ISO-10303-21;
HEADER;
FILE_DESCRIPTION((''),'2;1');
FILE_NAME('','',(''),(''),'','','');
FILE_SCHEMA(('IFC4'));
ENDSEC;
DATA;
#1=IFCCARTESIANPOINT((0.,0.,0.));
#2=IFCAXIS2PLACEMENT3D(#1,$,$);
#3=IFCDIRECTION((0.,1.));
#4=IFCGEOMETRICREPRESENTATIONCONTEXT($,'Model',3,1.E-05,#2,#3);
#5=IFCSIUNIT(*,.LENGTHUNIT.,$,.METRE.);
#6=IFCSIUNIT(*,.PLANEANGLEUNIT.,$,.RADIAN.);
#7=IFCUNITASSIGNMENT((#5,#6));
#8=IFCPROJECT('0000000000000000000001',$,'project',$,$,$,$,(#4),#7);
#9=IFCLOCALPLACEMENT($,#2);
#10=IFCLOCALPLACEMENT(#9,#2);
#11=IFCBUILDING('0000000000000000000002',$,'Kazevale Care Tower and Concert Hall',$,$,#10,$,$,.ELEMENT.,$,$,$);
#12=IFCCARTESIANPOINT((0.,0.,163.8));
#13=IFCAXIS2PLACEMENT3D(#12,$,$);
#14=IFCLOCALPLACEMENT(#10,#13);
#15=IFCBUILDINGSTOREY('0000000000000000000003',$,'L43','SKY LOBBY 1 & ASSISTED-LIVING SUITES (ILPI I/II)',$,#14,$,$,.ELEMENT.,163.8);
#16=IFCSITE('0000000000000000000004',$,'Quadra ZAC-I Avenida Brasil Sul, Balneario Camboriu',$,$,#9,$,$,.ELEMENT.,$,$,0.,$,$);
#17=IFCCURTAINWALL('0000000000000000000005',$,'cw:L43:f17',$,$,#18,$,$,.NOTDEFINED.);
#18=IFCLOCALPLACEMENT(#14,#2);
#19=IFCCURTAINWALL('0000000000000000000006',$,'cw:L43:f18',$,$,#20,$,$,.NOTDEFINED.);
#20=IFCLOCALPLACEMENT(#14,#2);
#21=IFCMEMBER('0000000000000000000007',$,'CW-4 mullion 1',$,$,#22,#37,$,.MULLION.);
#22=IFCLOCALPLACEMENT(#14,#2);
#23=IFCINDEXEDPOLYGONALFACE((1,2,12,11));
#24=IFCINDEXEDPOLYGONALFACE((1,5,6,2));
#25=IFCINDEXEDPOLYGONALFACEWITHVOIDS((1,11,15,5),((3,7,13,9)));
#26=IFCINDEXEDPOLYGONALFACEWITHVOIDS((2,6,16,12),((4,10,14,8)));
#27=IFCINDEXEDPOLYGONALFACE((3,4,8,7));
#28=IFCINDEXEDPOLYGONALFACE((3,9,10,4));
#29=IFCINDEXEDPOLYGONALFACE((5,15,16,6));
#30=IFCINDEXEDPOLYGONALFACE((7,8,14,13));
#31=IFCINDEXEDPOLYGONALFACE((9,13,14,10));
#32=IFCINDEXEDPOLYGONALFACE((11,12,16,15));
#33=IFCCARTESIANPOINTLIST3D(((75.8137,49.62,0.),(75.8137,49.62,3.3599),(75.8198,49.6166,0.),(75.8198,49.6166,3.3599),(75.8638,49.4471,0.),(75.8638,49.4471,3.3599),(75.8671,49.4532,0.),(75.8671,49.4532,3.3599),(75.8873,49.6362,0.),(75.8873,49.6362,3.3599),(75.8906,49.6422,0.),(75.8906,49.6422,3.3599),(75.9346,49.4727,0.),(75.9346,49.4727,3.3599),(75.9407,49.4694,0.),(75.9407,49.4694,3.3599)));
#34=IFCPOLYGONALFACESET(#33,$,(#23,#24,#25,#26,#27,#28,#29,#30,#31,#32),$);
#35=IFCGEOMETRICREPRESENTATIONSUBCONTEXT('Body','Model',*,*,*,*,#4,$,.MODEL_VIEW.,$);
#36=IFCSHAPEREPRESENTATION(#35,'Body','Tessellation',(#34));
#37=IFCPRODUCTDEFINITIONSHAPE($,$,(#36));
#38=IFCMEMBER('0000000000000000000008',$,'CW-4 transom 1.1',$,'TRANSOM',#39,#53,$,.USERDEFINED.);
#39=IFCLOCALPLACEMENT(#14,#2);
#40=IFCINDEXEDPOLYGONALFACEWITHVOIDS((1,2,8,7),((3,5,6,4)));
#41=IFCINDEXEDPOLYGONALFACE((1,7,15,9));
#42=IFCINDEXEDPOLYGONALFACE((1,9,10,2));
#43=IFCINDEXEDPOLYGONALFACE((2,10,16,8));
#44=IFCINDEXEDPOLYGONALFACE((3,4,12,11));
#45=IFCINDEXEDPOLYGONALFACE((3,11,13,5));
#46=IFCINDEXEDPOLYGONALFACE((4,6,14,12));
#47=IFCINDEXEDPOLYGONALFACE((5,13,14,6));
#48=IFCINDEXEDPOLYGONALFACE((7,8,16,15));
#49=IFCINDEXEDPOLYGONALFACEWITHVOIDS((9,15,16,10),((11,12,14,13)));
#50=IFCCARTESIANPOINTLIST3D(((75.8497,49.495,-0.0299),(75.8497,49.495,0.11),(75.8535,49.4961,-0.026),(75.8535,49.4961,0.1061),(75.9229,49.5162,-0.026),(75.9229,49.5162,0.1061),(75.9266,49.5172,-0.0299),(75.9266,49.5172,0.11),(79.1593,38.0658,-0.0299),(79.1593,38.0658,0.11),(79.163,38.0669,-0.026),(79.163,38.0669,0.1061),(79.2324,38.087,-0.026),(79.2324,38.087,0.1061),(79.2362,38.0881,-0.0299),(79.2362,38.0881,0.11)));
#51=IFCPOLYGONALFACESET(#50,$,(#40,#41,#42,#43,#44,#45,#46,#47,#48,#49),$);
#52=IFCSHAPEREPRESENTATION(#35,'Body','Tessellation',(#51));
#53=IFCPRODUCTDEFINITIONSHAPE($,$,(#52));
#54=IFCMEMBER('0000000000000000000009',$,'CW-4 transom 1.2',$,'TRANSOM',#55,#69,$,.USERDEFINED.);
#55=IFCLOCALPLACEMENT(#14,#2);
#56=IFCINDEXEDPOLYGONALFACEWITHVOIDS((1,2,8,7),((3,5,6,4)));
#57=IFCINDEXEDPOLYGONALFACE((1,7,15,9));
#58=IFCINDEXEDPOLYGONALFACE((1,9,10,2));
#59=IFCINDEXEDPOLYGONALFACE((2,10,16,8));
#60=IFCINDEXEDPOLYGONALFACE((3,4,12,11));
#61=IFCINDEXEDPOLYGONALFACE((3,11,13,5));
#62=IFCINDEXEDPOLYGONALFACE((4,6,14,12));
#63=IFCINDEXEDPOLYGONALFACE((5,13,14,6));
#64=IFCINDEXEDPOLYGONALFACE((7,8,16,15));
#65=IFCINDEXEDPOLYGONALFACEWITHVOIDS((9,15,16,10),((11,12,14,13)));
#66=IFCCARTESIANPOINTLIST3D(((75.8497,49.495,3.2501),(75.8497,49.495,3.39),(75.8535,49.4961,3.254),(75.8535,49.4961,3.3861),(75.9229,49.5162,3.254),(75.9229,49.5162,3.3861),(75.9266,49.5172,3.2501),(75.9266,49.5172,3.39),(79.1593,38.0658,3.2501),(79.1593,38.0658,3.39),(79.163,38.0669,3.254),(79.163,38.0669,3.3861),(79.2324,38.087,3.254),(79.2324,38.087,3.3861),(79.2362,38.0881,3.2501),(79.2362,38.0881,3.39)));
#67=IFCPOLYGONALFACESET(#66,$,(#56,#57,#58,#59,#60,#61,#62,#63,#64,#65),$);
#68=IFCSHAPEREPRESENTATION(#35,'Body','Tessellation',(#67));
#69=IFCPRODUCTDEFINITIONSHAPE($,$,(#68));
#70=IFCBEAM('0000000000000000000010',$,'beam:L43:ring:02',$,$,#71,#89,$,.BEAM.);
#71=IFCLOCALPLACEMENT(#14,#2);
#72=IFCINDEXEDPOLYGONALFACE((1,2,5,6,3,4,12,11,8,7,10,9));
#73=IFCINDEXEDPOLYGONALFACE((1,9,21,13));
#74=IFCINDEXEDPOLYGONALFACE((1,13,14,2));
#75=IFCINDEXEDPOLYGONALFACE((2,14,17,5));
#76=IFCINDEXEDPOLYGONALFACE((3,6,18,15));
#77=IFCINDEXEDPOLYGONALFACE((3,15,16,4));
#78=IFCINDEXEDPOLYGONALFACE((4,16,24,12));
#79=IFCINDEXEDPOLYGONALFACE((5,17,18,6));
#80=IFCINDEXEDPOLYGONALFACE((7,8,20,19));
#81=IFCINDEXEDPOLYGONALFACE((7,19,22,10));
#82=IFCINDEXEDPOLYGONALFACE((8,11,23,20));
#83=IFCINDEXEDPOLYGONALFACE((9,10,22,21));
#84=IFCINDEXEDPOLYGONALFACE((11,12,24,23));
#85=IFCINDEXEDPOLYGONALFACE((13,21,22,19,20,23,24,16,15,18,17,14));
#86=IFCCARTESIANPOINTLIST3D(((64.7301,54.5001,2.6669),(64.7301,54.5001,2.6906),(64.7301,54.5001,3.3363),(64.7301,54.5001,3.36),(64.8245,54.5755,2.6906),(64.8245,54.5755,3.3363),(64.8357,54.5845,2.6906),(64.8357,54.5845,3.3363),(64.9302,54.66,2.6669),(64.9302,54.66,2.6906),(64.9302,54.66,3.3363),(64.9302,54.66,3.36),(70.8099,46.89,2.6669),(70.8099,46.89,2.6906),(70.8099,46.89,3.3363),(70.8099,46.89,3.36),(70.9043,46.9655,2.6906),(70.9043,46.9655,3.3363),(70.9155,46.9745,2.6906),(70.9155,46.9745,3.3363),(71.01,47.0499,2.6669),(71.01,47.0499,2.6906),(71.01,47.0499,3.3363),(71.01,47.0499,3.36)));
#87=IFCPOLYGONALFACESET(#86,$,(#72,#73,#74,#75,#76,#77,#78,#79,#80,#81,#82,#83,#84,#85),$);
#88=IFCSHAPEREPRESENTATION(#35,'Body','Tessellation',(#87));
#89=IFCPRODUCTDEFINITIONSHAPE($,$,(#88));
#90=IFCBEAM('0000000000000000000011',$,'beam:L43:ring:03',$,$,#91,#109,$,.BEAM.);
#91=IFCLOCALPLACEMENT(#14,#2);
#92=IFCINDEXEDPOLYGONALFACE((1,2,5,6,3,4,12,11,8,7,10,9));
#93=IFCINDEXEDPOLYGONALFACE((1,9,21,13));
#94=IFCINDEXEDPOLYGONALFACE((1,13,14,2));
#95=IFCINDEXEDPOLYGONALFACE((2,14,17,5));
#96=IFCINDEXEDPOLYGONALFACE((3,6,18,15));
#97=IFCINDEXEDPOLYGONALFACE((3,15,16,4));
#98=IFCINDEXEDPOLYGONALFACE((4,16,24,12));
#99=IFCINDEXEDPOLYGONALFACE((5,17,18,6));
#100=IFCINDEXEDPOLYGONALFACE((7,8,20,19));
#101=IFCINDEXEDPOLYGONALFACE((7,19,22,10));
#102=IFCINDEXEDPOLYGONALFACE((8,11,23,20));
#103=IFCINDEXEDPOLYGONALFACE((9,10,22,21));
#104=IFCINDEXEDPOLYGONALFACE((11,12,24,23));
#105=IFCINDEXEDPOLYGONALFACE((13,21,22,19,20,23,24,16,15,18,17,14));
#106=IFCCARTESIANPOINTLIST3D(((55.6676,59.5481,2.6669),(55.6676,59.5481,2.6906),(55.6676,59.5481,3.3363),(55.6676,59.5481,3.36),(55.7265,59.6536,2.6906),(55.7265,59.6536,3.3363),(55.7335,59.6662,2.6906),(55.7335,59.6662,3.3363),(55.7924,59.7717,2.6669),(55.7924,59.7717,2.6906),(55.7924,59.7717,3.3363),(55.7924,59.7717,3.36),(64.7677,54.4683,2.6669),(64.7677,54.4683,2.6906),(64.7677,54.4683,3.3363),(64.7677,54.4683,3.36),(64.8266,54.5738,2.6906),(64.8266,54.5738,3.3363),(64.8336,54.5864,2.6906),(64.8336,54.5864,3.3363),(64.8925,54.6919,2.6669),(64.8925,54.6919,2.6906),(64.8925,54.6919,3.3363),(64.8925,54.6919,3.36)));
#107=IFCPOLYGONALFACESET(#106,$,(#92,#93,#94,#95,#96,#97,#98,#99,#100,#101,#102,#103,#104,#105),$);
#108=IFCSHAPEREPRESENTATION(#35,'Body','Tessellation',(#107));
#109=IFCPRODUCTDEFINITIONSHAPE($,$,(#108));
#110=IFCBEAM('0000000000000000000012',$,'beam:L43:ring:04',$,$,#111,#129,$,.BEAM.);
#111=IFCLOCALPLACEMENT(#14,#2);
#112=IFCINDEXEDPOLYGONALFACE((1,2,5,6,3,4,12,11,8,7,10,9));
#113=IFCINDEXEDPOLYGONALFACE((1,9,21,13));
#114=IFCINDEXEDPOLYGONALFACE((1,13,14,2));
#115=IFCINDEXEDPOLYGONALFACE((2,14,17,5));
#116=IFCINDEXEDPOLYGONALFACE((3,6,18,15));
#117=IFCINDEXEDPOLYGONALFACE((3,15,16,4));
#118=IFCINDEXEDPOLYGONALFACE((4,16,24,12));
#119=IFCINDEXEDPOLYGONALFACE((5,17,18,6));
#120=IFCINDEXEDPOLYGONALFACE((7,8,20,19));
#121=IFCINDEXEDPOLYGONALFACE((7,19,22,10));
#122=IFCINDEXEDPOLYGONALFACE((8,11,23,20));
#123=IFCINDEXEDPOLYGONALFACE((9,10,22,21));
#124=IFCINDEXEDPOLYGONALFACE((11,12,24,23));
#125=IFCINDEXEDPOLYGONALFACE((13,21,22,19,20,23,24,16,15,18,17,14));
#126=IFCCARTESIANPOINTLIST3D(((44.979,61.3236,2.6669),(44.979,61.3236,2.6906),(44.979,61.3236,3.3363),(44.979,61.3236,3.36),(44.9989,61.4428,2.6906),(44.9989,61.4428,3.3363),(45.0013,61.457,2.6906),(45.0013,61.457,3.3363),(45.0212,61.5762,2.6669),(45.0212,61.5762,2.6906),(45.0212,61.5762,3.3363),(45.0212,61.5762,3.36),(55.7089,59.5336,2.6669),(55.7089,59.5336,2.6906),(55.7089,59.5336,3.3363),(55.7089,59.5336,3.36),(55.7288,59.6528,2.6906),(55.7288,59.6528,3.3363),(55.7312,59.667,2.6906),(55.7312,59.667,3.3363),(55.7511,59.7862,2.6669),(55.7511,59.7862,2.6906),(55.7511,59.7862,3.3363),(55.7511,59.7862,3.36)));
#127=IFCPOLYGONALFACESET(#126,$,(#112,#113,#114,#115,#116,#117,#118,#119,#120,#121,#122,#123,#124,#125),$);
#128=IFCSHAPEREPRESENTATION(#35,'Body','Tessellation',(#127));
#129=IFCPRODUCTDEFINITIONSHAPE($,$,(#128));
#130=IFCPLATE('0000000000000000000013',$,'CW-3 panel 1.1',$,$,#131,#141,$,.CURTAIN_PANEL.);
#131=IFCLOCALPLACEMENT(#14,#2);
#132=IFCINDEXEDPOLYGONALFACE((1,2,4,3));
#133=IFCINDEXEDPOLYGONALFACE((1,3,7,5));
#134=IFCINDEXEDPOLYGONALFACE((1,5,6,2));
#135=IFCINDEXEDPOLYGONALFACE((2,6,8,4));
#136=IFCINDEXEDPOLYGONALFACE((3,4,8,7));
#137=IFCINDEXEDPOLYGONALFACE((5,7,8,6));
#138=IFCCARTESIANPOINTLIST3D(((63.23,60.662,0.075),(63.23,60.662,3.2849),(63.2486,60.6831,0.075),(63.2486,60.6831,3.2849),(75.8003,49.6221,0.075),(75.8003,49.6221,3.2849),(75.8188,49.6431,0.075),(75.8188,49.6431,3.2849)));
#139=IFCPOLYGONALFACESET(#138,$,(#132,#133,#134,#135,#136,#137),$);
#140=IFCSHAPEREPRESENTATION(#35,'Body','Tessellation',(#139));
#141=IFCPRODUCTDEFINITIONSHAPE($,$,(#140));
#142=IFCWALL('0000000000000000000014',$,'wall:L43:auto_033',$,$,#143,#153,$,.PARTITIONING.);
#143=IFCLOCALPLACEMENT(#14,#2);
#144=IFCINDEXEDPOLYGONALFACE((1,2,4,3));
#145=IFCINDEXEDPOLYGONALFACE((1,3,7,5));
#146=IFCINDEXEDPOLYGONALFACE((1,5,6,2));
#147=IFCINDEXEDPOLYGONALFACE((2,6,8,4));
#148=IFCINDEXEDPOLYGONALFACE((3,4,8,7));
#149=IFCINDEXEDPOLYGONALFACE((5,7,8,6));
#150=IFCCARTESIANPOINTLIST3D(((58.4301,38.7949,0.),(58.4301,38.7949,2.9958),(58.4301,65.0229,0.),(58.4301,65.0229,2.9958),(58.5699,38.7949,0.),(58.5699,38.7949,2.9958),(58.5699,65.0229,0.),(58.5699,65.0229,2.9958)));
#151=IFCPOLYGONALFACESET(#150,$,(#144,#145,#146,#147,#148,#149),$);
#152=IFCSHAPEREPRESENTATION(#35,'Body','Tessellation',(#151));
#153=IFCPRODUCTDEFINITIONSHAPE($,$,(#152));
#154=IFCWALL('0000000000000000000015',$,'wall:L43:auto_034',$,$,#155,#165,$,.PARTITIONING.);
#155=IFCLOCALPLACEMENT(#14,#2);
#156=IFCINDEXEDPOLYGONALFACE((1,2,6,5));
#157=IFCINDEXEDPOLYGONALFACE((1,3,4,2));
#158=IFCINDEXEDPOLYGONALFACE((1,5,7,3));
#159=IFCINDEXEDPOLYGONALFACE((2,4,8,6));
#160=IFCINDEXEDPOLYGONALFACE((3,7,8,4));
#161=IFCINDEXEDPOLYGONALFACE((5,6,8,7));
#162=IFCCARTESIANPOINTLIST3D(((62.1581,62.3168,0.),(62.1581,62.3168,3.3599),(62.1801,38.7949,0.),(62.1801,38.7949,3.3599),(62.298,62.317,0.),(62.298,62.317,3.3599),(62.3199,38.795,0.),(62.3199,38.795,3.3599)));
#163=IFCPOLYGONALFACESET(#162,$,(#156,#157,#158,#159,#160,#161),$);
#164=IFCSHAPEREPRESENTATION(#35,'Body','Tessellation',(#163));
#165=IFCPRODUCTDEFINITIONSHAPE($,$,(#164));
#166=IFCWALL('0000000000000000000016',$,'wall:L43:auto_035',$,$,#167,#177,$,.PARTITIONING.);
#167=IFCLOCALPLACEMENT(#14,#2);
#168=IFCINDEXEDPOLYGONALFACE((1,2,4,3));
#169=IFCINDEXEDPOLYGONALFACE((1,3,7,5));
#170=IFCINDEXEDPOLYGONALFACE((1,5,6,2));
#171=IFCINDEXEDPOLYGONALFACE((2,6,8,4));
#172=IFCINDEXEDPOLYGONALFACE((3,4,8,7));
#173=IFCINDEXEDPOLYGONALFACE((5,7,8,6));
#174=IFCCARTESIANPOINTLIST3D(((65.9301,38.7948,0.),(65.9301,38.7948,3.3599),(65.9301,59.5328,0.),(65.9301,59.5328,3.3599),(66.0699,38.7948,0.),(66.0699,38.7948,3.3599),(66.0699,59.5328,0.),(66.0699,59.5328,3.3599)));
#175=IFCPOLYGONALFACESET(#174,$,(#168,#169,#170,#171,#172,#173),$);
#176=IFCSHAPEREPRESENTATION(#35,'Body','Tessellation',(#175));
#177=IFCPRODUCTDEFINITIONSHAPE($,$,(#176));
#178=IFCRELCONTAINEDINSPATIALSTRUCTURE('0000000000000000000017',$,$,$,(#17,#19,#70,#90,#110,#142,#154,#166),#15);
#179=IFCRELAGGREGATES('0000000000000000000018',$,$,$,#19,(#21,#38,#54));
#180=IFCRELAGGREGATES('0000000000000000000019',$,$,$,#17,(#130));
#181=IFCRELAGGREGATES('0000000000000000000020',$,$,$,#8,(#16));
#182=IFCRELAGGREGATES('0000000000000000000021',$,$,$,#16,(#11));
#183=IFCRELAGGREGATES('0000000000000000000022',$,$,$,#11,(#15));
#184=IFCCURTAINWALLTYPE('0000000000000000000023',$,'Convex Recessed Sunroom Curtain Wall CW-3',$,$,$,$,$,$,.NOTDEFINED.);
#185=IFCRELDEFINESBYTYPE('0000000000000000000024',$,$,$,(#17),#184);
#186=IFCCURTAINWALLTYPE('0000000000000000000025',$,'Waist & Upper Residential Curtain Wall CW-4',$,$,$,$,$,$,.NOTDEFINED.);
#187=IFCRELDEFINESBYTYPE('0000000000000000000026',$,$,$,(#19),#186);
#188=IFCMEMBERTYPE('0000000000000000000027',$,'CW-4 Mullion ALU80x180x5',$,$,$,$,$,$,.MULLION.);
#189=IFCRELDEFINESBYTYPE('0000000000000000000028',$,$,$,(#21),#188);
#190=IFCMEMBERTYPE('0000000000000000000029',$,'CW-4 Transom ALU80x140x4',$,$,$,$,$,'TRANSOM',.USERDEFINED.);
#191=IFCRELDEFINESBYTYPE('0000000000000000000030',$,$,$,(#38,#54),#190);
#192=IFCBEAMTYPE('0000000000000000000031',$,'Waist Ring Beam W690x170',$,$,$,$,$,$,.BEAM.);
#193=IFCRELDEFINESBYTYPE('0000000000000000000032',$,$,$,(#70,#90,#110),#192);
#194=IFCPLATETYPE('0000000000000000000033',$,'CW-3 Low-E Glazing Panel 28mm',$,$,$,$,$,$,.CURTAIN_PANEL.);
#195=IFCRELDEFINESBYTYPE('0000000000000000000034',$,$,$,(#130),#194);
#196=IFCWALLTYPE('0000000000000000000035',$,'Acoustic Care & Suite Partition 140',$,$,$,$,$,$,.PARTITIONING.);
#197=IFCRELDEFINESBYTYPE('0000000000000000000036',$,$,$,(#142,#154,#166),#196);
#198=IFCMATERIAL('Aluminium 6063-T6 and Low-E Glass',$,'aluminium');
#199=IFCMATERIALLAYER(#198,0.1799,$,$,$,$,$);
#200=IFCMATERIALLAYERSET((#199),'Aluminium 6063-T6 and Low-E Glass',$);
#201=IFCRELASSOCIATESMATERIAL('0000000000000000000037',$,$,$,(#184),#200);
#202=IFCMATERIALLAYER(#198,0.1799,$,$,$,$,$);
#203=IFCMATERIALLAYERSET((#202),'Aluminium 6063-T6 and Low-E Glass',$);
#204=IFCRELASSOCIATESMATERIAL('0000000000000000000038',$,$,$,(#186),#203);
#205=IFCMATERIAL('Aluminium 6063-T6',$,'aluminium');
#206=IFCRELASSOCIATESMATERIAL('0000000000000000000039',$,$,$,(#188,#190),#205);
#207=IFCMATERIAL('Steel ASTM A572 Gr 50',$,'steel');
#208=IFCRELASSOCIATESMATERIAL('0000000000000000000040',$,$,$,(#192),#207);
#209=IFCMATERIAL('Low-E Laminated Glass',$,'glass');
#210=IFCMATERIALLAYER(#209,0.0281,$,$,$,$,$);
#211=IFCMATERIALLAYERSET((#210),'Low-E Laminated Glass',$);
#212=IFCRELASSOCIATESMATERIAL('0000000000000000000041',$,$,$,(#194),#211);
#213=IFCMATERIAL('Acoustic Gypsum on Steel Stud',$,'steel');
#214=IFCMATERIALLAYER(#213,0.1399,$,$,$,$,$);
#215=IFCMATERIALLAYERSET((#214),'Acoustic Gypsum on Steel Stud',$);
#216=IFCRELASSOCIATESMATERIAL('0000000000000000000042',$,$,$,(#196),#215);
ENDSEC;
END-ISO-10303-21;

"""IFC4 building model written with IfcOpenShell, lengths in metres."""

from ifc_helpers import new_model, si_unit, direction, frame, frame_2d, origin, origin_2d, place, context, subcontext, project, spatial, rectangle, hollow_rectangle, i_section, extrude, material, layer, layer_set, material_profile, profile_set, type_object, element, aggregate, save


model = new_model("IFC4")

# Units and contexts
model_context = context("Model", 3, precision=1e-05, world=origin(), true_north=direction((0.0, 1.0)))
body_context = subcontext(model_context, "Body", "Model", "MODEL_VIEW")
ifc_project = project(units=[si_unit("LENGTHUNIT", "METRE"), si_unit("PLANEANGLEUNIT", "RADIAN")], contexts=[model_context])

# Site, building, storey
site_placement = place(None, origin())
site = spatial("IfcSite", under=ifc_project, at=site_placement, Name="Quadra ZAC-I Avenida Brasil Sul, Balneario Camboriu", CompositionType="ELEMENT", RefElevation=0.0)
building_placement = place(site_placement, origin())
building = spatial("IfcBuilding", under=site, at=building_placement, Name="Kazevale Care Tower and Concert Hall", CompositionType="ELEMENT")
storey_placement = place(building_placement, frame((0.0, 0.0, 163.8)))
storey = spatial("IfcBuildingStorey", under=building, at=storey_placement, Name="L43", Description="SKY LOBBY 1 & ASSISTED-LIVING SUITES (ILPI I/II)", CompositionType="ELEMENT", Elevation=163.8)

# Shared definitions
ifc_material_1 = material(Name="Aluminium 6063-T6 and Low-E Glass", Category="aluminium")
ifc_material_2 = material(Name="Aluminium 6063-T6", Category="aluminium")

# Curtain walls, members
ifc_layer_1 = layer(ifc_material_1, 0.1799)
ifc_layer_set_1 = layer_set([ifc_layer_1], Name="Aluminium 6063-T6 and Low-E Glass")
curtain_wall_type_1 = type_object("IfcCurtainWallType", Name="Convex Recessed Sunroom Curtain Wall CW-3", PredefinedType="NOTDEFINED", material=ifc_layer_set_1)
curtain_wall_1_placement = place(storey_placement, origin())
curtain_wall_1 = element("IfcCurtainWall", 1, at=curtain_wall_1_placement, inside=storey, type_object=curtain_wall_type_1, Name="cw:L43:f17", PredefinedType="NOTDEFINED")
ifc_layer_2 = layer(ifc_material_1, 0.1799)
ifc_layer_set_2 = layer_set([ifc_layer_2], Name="Aluminium 6063-T6 and Low-E Glass")
curtain_wall_type_2 = type_object("IfcCurtainWallType", Name="Waist & Upper Residential Curtain Wall CW-4", PredefinedType="NOTDEFINED", material=ifc_layer_set_2)
curtain_wall_2_placement = place(storey_placement, origin())
curtain_wall_2 = element("IfcCurtainWall", 2, at=curtain_wall_2_placement, inside=storey, type_object=curtain_wall_type_2, Name="cw:L43:f18", PredefinedType="NOTDEFINED")
ifc_material_profile_1 = material_profile(ifc_material_2, hollow_rectangle(XDim=0.0801, YDim=0.1799, WallThickness=0.0049, at=origin_2d()), Name="ALU80x180x5")
ifc_profile_set_1 = profile_set([ifc_material_profile_1], Name="Aluminium 6063-T6")
member_type_1 = type_object("IfcMemberType", Name="CW-4 Mullion ALU80x180x5", PredefinedType="MULLION", material=ifc_profile_set_1)
member_1_placement = place(storey_placement, frame((75.8772, 49.5447, 0.0), z_axis=(0.0, 0.0, 1.0), x_axis=(0.960542, 0.278137, 0.0)))
member_1 = element("IfcMember", 3, at=member_1_placement, type_object=member_type_1, Name="CW-4 mullion 1", PredefinedType="MULLION", context=body_context, shape_type="SweptSolid", body=[
    extrude(hollow_rectangle(XDim=0.0801, YDim=0.1799, WallThickness=0.0049, at=origin_2d()), origin(), (0.0, 0.0, 1.0), 3.3599),
])
ifc_material_profile_2 = material_profile(ifc_material_2, hollow_rectangle(XDim=0.0801, YDim=0.1399, WallThickness=0.0039, at=origin_2d()), Name="ALU80x140x4")
ifc_profile_set_2 = profile_set([ifc_material_profile_2], Name="Aluminium 6063-T6")
member_type_2 = type_object("IfcMemberType", Name="CW-4 Transom ALU80x140x4", ElementType="TRANSOM", PredefinedType="USERDEFINED", material=ifc_profile_set_2)
member_2_placement = place(storey_placement, frame((75.8882, 49.5061, 0.04), z_axis=(0.278145, -0.960539, 0.0), x_axis=(0.960539, 0.278145, 0.0)))
member_2 = element("IfcMember", 4, at=member_2_placement, type_object=member_type_2, Name="CW-4 transom 1.1", ObjectType="TRANSOM", PredefinedType="USERDEFINED", context=body_context, shape_type="SweptSolid", body=[
    extrude(hollow_rectangle(XDim=0.0801, YDim=0.1399, WallThickness=0.0039, at=origin_2d()), origin(), (0.0, 0.0, 1.0), 11.8987),
])
member_3_placement = place(storey_placement, frame((75.8882, 49.5061, 3.3201), z_axis=(0.278145, -0.960539, 0.0), x_axis=(0.960539, 0.278145, 0.0)))
member_3 = element("IfcMember", 5, at=member_3_placement, type_object=member_type_2, Name="CW-4 transom 1.2", ObjectType="TRANSOM", PredefinedType="USERDEFINED", context=body_context, shape_type="SweptSolid", body=[
    extrude(hollow_rectangle(XDim=0.0801, YDim=0.1399, WallThickness=0.0039, at=origin_2d()), origin(), (0.0, 0.0, 1.0), 11.8987),
])
aggregate(curtain_wall_2, [member_1, member_2, member_3])

# Beams
ifc_material_3 = material(Name="Steel ASTM A572 Gr 50", Category="steel")
ifc_material_profile_3 = material_profile(ifc_material_3, i_section(OverallWidth=0.2561, OverallDepth=0.6931, WebThickness=0.0144, FlangeThickness=0.0237, at=origin_2d()), Name="W690x170")
ifc_profile_set_3 = profile_set([ifc_material_profile_3], Name="Steel ASTM A572 Gr 50")
beam_type = type_object("IfcBeamType", Name="Waist Ring Beam W690x170", PredefinedType="BEAM", material=ifc_profile_set_3)
beam_1_placement = place(storey_placement, frame((70.9099, 46.97, 3.0134), z_axis=(-0.624178, 0.781282, 0.0), x_axis=(-0.781282, -0.624178, 0.0)))
element("IfcBeam", 6, at=beam_1_placement, inside=storey, type_object=beam_type, Name="beam:L43:ring:02", PredefinedType="BEAM", context=body_context, shape_type="SweptSolid", body=[
    extrude(i_section(OverallWidth=0.2561, OverallDepth=0.6931, WebThickness=0.0144, FlangeThickness=0.0237, at=origin_2d()), origin(), (0.0, 0.0, 1.0), 9.7405),
])
beam_2_placement = place(storey_placement, frame((64.8301, 54.5801, 3.0134), z_axis=(-0.873169, 0.487418, 0.0), x_axis=(-0.487418, -0.873169, 0.0)))
element("IfcBeam", 7, at=beam_2_placement, inside=storey, type_object=beam_type, Name="beam:L43:ring:03", PredefinedType="BEAM", context=body_context, shape_type="SweptSolid", body=[
    extrude(i_section(OverallWidth=0.2561, OverallDepth=0.6931, WebThickness=0.0144, FlangeThickness=0.0237, at=origin_2d()), origin(), (0.0, 0.0, 1.0), 10.4219),
])
beam_3_placement = place(storey_placement, frame((55.73, 59.6599, 3.0134), z_axis=(-0.986368, 0.164552, 0.0), x_axis=(-0.164552, -0.986368, 0.0)))
element("IfcBeam", 8, at=beam_3_placement, inside=storey, type_object=beam_type, Name="beam:L43:ring:04", PredefinedType="BEAM", context=body_context, shape_type="SweptSolid", body=[
    extrude(i_section(OverallWidth=0.2561, OverallDepth=0.6931, WebThickness=0.0144, FlangeThickness=0.0237, at=origin_2d()), origin(), (0.0, 0.0, 1.0), 10.8782),
])

# Plate
ifc_material_4 = material(Name="Low-E Laminated Glass", Category="glass")
ifc_layer_3 = layer(ifc_material_4, 0.0281)
ifc_layer_set_3 = layer_set([ifc_layer_3], Name="Low-E Laminated Glass")
plate_type = type_object("IfcPlateType", Name="CW-3 Low-E Glazing Panel 28mm", PredefinedType="CURTAIN_PANEL", material=ifc_layer_set_3)
plate_placement = place(storey_placement, frame((69.5244, 55.1526, 0.075), z_axis=(0.0, 0.0, 1.0), x_axis=(0.751361, -0.659892, 0.0)))
plate = element("IfcPlate", 9, at=plate_placement, type_object=plate_type, Name="CW-3 panel 1.1", PredefinedType="CURTAIN_PANEL", context=body_context, shape_type="SweptSolid", body=[
    extrude(rectangle(XDim=16.73, YDim=0.0281, at=origin_2d()), origin(), (0.0, 0.0, 1.0), 3.21),
])
aggregate(curtain_wall_1, [plate])

# Walls
ifc_material_5 = material(Name="Acoustic Gypsum on Steel Stud", Category="steel")
ifc_layer_4 = layer(ifc_material_5, 0.1399)
ifc_layer_set_4 = layer_set([ifc_layer_4], Name="Acoustic Gypsum on Steel Stud")
wall_type = type_object("IfcWallType", Name="Acoustic Care & Suite Partition 140", PredefinedType="PARTITIONING", material=ifc_layer_set_4)
wall_1_placement = place(storey_placement, frame((58.5, 65.0229, 0.0), z_axis=(0.0, 0.0, 1.0), x_axis=(0.0, -1.0, 0.0)))
element("IfcWall", 10, at=wall_1_placement, inside=storey, type_object=wall_type, Name="wall:L43:auto_033", PredefinedType="PARTITIONING", context=body_context, shape_type="SweptSolid", body=[
    extrude(rectangle(XDim=26.228, YDim=0.1399, at=frame_2d((13.114, 0.0))), origin(), (0.0, 0.0, 1.0), 2.9958),
])
wall_2_placement = place(storey_placement, frame((62.228, 62.3169, 0.0), z_axis=(0.0, 0.0, 1.0), x_axis=(0.000934, -1.0, 0.0)))
element("IfcWall", 11, at=wall_2_placement, inside=storey, type_object=wall_type, Name="wall:L43:auto_034", PredefinedType="PARTITIONING", context=body_context, shape_type="SweptSolid", body=[
    extrude(rectangle(XDim=23.522, YDim=0.1399, at=frame_2d((11.761, 0.0))), origin(), (0.0, 0.0, 1.0), 3.3599),
])
wall_3_placement = place(storey_placement, frame((66.0, 59.533, 0.0), z_axis=(0.0, 0.0, 1.0), x_axis=(0.0, -1.0, 0.0)))
element("IfcWall", 12, at=wall_3_placement, inside=storey, type_object=wall_type, Name="wall:L43:auto_035", PredefinedType="PARTITIONING", context=body_context, shape_type="SweptSolid", body=[
    extrude(rectangle(XDim=20.738, YDim=0.1399, at=frame_2d((10.3691, 0.0))), origin(), (0.0, 0.0, 1.0), 3.3599),
])

save(model, "model.ifc")
